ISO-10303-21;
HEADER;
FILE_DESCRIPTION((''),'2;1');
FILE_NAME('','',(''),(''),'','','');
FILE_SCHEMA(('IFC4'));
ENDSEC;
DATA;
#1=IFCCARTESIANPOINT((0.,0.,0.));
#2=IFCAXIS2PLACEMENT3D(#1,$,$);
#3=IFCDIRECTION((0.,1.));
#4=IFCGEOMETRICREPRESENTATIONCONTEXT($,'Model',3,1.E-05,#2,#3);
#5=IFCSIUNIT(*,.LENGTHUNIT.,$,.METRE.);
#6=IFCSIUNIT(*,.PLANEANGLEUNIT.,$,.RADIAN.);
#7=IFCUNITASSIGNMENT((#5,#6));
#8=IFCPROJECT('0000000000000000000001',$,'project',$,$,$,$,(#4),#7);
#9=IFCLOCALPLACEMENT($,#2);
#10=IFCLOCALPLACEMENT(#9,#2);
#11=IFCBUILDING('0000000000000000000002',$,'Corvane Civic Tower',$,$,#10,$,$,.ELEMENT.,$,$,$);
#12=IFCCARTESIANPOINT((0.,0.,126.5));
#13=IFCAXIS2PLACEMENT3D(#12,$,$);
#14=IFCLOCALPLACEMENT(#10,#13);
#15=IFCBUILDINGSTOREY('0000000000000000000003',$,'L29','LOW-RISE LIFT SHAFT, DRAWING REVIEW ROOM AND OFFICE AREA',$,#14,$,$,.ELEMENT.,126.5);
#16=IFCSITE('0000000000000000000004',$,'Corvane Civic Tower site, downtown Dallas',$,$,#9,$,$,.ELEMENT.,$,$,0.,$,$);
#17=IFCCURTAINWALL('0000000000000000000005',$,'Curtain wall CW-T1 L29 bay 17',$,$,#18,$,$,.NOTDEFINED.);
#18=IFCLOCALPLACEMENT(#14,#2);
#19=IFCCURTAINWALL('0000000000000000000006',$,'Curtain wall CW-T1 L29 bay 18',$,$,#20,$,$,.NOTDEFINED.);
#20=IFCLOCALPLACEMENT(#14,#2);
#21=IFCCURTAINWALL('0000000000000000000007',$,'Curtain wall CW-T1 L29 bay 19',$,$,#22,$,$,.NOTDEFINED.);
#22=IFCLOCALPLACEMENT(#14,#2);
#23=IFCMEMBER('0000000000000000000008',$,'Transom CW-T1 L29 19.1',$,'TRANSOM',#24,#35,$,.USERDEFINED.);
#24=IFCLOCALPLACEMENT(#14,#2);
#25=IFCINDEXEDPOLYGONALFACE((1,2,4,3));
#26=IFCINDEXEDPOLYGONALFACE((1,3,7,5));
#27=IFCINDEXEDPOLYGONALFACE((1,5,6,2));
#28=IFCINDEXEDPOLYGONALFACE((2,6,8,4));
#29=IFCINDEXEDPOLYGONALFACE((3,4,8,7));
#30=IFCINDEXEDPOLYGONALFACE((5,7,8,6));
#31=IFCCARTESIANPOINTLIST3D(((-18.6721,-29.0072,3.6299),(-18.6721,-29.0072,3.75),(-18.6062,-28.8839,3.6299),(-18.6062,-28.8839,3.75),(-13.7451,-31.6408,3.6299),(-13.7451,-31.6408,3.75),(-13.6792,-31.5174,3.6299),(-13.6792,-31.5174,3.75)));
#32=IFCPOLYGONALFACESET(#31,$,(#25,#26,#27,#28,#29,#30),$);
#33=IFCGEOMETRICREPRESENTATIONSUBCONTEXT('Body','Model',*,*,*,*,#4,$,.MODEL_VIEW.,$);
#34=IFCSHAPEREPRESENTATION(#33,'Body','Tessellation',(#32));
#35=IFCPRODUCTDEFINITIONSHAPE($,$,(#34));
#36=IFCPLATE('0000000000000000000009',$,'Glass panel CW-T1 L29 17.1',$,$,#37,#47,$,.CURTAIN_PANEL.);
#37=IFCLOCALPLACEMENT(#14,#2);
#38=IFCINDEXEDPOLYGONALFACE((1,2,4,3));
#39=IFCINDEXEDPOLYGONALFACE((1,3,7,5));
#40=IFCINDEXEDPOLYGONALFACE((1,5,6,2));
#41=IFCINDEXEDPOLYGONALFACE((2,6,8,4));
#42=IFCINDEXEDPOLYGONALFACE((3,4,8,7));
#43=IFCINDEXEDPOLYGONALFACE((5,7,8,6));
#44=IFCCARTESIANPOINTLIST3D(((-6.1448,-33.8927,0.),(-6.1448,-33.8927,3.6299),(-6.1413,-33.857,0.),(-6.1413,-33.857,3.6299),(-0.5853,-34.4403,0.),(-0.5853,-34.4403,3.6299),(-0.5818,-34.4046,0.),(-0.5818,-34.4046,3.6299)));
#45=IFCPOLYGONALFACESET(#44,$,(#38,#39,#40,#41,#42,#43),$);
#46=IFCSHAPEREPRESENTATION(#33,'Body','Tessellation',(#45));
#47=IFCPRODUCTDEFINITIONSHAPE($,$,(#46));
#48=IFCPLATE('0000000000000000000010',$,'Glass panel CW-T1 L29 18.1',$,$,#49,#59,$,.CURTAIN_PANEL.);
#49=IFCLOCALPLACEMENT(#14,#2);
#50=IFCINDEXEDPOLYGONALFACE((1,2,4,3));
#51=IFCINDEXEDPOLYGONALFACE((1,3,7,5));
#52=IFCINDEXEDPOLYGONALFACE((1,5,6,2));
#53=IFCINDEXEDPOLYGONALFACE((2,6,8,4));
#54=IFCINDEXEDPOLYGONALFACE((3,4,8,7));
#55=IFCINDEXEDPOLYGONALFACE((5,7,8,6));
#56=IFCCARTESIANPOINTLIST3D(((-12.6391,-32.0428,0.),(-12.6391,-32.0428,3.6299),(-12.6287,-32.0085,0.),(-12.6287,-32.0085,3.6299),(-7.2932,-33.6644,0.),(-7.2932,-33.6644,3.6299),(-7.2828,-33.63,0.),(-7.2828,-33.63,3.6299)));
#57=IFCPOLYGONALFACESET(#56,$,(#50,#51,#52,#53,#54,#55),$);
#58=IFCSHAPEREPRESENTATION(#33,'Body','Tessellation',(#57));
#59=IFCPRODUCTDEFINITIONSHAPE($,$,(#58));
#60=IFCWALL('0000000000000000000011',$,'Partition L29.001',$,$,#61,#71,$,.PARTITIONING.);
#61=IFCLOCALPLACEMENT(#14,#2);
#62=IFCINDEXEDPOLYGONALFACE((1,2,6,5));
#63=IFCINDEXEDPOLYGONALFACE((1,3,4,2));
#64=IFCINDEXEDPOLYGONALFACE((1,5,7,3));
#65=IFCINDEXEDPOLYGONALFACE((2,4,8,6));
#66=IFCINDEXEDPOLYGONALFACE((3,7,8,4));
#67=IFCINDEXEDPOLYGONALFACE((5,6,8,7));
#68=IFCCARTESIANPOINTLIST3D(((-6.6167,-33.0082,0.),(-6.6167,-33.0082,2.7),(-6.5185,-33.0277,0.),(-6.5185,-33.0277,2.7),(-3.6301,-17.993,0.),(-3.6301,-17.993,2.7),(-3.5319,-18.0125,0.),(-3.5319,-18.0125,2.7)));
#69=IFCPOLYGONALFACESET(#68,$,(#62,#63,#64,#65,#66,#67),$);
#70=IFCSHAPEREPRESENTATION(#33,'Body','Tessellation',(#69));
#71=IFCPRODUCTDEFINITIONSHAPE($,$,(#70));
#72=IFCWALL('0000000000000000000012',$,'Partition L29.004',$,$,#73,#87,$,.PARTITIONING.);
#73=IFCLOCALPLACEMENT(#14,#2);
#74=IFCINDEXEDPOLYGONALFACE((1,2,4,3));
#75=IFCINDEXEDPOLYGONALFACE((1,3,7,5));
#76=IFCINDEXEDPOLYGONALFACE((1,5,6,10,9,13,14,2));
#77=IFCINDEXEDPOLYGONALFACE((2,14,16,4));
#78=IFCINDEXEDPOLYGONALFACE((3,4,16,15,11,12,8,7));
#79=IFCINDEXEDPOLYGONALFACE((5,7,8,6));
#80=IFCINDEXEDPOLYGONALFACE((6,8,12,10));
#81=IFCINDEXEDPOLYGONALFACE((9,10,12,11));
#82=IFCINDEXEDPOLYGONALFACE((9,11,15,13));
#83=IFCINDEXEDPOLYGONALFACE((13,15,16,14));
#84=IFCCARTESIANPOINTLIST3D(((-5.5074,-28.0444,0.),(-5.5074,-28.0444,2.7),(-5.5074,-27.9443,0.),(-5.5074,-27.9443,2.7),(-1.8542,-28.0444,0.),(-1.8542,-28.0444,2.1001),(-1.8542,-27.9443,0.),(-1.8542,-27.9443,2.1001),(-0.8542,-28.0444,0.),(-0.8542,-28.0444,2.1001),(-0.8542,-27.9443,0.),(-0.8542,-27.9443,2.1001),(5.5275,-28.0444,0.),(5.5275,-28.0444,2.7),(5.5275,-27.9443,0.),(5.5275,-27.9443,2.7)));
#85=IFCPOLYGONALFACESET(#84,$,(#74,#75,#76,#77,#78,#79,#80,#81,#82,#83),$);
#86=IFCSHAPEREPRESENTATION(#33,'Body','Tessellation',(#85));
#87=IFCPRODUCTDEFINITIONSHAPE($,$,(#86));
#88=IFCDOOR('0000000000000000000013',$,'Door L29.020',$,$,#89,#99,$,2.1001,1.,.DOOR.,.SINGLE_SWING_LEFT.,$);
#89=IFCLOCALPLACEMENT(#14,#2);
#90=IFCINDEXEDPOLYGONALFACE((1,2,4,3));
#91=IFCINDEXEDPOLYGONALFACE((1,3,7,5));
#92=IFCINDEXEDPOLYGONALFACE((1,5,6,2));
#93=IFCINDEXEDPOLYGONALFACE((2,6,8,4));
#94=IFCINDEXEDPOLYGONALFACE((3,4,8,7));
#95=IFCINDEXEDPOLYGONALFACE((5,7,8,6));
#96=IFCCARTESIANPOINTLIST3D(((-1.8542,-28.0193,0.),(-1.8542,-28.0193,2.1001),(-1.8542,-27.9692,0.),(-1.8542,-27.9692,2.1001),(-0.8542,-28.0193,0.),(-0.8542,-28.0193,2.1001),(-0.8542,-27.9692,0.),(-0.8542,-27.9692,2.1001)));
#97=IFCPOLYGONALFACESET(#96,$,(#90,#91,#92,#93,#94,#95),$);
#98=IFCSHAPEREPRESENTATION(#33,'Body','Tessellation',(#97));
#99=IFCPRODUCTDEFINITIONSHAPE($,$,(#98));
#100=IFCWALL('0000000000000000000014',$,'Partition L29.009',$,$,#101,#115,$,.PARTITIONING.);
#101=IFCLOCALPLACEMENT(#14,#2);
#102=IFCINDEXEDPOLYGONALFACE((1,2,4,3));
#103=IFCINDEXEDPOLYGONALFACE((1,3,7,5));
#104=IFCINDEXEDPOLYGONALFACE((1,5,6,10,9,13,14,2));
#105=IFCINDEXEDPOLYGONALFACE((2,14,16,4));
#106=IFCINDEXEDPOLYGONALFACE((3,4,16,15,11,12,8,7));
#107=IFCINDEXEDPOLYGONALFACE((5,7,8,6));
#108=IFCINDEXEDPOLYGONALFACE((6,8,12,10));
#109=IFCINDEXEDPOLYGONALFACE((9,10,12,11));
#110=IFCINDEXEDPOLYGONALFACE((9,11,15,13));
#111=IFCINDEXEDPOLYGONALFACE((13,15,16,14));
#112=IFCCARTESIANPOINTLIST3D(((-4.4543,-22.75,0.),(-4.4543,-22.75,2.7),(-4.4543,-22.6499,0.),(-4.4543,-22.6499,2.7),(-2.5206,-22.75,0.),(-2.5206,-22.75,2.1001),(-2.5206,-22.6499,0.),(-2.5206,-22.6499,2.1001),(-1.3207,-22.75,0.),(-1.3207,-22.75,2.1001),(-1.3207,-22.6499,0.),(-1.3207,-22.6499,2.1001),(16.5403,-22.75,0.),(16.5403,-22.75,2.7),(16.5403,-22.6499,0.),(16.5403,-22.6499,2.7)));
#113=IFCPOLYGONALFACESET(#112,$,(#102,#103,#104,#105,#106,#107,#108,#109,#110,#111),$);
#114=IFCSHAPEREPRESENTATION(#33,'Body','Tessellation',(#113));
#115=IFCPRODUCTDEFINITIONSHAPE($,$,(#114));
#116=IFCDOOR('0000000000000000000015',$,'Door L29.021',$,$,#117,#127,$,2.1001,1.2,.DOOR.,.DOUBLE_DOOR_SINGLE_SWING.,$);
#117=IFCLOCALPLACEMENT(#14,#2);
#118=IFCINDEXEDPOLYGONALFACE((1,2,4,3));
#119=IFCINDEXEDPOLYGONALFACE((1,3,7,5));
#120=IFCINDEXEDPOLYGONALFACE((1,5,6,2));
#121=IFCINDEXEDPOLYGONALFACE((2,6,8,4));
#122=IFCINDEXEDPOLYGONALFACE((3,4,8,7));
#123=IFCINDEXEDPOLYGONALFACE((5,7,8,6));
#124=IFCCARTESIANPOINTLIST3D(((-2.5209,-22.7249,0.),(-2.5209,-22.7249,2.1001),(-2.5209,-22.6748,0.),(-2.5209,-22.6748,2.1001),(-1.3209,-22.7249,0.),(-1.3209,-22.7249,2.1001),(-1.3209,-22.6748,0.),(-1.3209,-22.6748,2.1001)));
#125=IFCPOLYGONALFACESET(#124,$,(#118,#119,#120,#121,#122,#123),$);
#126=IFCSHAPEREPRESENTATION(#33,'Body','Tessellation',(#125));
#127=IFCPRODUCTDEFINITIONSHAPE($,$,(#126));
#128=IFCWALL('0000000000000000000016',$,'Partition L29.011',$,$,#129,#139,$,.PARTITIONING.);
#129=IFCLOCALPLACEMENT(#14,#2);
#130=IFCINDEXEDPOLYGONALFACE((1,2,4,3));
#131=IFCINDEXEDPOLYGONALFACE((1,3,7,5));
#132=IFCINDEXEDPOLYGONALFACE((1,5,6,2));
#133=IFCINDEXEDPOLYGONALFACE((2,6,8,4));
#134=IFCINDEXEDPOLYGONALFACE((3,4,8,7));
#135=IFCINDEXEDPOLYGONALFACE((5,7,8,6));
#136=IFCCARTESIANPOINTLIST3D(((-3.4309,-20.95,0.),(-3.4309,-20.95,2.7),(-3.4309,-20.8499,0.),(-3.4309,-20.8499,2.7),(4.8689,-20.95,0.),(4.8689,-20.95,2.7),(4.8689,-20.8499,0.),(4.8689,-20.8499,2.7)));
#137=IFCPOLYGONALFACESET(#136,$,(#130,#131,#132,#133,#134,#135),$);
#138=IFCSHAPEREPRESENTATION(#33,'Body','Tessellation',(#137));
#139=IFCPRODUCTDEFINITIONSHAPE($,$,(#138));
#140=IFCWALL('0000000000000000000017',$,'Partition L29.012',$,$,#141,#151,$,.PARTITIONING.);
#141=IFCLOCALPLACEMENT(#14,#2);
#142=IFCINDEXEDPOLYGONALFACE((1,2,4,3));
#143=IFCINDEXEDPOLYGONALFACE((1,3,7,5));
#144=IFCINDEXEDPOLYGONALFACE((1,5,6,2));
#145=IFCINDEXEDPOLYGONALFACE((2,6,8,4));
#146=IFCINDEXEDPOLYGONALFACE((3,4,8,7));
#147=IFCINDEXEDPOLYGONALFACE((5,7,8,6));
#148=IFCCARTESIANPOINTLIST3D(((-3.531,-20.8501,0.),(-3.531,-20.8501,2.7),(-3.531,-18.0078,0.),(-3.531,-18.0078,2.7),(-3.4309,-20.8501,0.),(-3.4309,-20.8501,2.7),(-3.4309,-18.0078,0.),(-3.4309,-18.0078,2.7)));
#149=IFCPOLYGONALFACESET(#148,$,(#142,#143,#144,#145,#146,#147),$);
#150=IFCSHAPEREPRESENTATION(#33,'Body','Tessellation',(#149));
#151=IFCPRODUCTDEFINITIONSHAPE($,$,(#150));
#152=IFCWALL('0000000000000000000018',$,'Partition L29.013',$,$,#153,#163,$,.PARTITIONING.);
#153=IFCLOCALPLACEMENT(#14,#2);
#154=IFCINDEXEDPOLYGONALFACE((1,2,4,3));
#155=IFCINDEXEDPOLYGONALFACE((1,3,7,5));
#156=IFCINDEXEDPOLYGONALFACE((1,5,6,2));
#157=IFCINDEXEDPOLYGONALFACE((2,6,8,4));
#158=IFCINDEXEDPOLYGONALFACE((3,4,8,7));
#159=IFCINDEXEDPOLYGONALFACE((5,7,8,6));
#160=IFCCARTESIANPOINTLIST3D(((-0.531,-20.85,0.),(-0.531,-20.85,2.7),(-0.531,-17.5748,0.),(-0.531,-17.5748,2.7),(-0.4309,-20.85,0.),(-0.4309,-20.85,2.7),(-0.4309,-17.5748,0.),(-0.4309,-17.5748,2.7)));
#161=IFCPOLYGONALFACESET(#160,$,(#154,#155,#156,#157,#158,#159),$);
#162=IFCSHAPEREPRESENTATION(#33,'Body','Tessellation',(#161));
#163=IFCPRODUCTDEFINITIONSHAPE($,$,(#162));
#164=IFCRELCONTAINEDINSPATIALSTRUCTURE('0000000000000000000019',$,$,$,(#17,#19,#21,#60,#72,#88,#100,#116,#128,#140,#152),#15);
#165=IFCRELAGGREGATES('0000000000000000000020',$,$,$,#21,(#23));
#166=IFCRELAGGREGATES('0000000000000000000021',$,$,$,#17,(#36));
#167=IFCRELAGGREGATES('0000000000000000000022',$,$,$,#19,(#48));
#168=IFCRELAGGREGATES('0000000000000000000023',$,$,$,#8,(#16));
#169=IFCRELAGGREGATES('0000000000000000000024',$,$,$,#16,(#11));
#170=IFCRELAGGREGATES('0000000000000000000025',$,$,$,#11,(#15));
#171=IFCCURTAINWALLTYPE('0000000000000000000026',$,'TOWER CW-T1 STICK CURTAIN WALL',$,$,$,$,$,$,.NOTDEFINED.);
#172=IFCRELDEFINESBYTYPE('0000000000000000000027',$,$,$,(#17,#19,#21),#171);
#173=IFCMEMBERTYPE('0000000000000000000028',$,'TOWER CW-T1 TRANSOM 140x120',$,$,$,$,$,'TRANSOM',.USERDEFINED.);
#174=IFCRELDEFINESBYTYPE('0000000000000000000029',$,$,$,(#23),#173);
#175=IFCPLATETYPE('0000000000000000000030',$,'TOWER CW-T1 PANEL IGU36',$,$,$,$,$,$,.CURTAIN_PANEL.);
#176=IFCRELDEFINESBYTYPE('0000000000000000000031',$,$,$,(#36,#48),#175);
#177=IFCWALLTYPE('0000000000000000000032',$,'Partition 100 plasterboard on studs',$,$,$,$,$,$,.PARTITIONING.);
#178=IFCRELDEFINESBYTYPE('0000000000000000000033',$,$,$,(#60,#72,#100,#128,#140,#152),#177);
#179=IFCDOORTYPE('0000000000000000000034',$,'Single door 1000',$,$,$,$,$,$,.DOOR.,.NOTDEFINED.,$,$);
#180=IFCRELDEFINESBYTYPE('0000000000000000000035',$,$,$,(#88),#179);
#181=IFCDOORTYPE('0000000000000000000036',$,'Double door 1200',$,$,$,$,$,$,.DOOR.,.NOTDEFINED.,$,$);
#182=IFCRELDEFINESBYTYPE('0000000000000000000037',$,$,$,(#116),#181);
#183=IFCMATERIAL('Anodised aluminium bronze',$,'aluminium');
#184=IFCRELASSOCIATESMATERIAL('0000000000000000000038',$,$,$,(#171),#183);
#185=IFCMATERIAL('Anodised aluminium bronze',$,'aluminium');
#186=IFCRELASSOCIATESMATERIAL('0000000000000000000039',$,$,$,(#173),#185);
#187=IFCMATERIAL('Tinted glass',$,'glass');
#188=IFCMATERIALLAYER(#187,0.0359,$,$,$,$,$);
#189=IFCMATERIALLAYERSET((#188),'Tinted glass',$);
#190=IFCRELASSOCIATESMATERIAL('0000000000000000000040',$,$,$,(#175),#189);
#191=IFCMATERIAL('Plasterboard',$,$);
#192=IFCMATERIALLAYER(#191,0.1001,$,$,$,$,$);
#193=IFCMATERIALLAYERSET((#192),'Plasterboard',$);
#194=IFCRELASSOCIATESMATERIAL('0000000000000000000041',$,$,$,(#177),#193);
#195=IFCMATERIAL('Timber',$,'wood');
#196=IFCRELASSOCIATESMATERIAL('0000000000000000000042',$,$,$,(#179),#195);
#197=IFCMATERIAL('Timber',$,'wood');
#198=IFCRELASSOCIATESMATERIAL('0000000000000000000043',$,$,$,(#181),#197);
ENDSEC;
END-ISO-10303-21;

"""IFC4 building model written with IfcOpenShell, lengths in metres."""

from ifc_helpers import new_model, si_unit, direction, frame, frame_2d, origin, origin_2d, place, context, subcontext, project, spatial, rectangle, extrude, material, layer, layer_set, material_profile, profile_set, type_object, element, fill, aggregate, save


model = new_model("IFC4")

# Units and contexts
model_context = context("Model", 3, precision=1e-05, world=origin(), true_north=direction((0.0, 1.0)))
body_context = subcontext(model_context, "Body", "Model", "MODEL_VIEW")
ifc_project = project(units=[si_unit("LENGTHUNIT", "METRE"), si_unit("PLANEANGLEUNIT", "RADIAN")], contexts=[model_context])

# Site, building, storey
site_placement = place(None, origin())
site = spatial("IfcSite", under=ifc_project, at=site_placement, Name="Corvane Civic Tower site, downtown Dallas", CompositionType="ELEMENT", RefElevation=0.0)
building_placement = place(site_placement, origin())
building = spatial("IfcBuilding", under=site, at=building_placement, Name="Corvane Civic Tower", CompositionType="ELEMENT")
storey_placement = place(building_placement, frame((0.0, 0.0, 126.5)))
storey = spatial("IfcBuildingStorey", under=building, at=storey_placement, Name="L29", Description="LOW-RISE LIFT SHAFT, DRAWING REVIEW ROOM AND OFFICE AREA", CompositionType="ELEMENT", Elevation=126.5)

# Curtain walls, member
ifc_material_1 = material(Name="Anodised aluminium bronze", Category="aluminium")
curtain_wall_type = type_object("IfcCurtainWallType", Name="TOWER CW-T1 STICK CURTAIN WALL", PredefinedType="NOTDEFINED", material=ifc_material_1)
curtain_wall_1_placement = place(storey_placement, origin())
curtain_wall_1 = element("IfcCurtainWall", 1, at=curtain_wall_1_placement, inside=storey, type_object=curtain_wall_type, Name="Curtain wall CW-T1 L29 bay 17", PredefinedType="NOTDEFINED")
ifc_material_2 = material(Name="Anodised aluminium bronze", Category="aluminium")
ifc_material_profile_1 = material_profile(ifc_material_2, rectangle(XDim=0.1399, YDim=0.1201, at=origin_2d()), Name="TOWER CW-T1 TRANSOM 140x120")
ifc_profile_set_1 = profile_set([ifc_material_profile_1], Name="Anodised aluminium bronze")
member_type = type_object("IfcMemberType", Name="TOWER CW-T1 TRANSOM 140x120", ElementType="TRANSOM", PredefinedType="USERDEFINED", material=ifc_profile_set_1)
curtain_wall_2_placement = place(storey_placement, origin())
curtain_wall_2 = element("IfcCurtainWall", 2, at=curtain_wall_2_placement, inside=storey, type_object=curtain_wall_type, Name="Curtain wall CW-T1 L29 bay 18", PredefinedType="NOTDEFINED")
curtain_wall_3_placement = place(storey_placement, origin())
curtain_wall_3 = element("IfcCurtainWall", 3, at=curtain_wall_3_placement, inside=storey, type_object=curtain_wall_type, Name="Curtain wall CW-T1 L29 bay 19", PredefinedType="NOTDEFINED")
member_1_placement = place(storey_placement, frame((-13.7122, -31.5791, 3.6899), z_axis=(-0.881921, 0.471398, 0.0), x_axis=(-0.471398, -0.881921, 0.0)))
member_1 = element("IfcMember", 4, at=member_1_placement, type_object=member_type, Name="Transom CW-T1 L29 19.1", ObjectType="TRANSOM", PredefinedType="USERDEFINED", context=body_context, shape_type="SweptSolid", body=[
    extrude(rectangle(XDim=0.1399, YDim=0.1201, at=origin_2d()), origin(), (0.0, 0.0, 1.0), 5.5867),
])
aggregate(curtain_wall_3, [member_1])

# Plates
ifc_material_3 = material(Name="Tinted glass", Category="glass")
ifc_layer_1 = layer(ifc_material_3, 0.0359)
ifc_layer_set_1 = layer_set([ifc_layer_1], Name="Tinted glass")
plate_type = type_object("IfcPlateType", Name="TOWER CW-T1 PANEL IGU36", PredefinedType="CURTAIN_PANEL", material=ifc_layer_set_1)
plate_1_placement = place(storey_placement, frame((-3.3633, -34.1487, 0.0), z_axis=(0.0, 0.0, 1.0), x_axis=(-0.995184, 0.098027, 0.0)))
plate_1 = element("IfcPlate", 5, at=plate_1_placement, type_object=plate_type, Name="Glass panel CW-T1 L29 17.1", PredefinedType="CURTAIN_PANEL", context=body_context, shape_type="SweptSolid", body=[
    extrude(rectangle(XDim=5.5864, YDim=0.0359, at=origin_2d()), origin(), (0.0, 0.0, 1.0), 3.6299),
])
aggregate(curtain_wall_1, [plate_1])
plate_2_placement = place(storey_placement, frame((-9.9609, -32.8364, 0.0), z_axis=(0.0, 0.0, 1.0), x_axis=(-0.956946, 0.290266, 0.0)))
plate_2 = element("IfcPlate", 6, at=plate_2_placement, type_object=plate_type, Name="Glass panel CW-T1 L29 18.1", PredefinedType="CURTAIN_PANEL", context=body_context, shape_type="SweptSolid", body=[
    extrude(rectangle(XDim=5.5864, YDim=0.0359, at=origin_2d()), origin(), (0.0, 0.0, 1.0), 3.6299),
])
aggregate(curtain_wall_2, [plate_2])

# Wall
ifc_material_4 = material(Name="Plasterboard")
ifc_layer_2 = layer(ifc_material_4, 0.1001)
ifc_layer_set_2 = layer_set([ifc_layer_2], Name="Plasterboard")
wall_type = type_object("IfcWallType", Name="Partition 100 plasterboard on studs", PredefinedType="PARTITIONING", material=ifc_layer_set_2)
wall_1_placement = place(storey_placement, frame((-6.5676, -33.0181, 0.0), z_axis=(0.0, 0.0, 1.0), x_axis=(0.195083, 0.980787, 0.0)))
element("IfcWall", 7, at=wall_1_placement, inside=storey, type_object=wall_type, Name="Partition L29.001", PredefinedType="PARTITIONING", context=body_context, shape_type="SweptSolid", body=[
    extrude(rectangle(XDim=15.3093, YDim=0.1001, at=frame_2d((7.6548, 0.0))), origin(), (0.0, 0.0, 1.0), 2.7),
])

# Walls, openings, doors
wall_2_placement = place(storey_placement, frame((-5.5076, -27.9944, 0.0), z_axis=(0.0, 0.0, 1.0), x_axis=(1.0, 0.0, 0.0)))
wall_2 = element("IfcWall", 8, at=wall_2_placement, inside=storey, type_object=wall_type, Name="Partition L29.004", PredefinedType="PARTITIONING", context=body_context, shape_type="SweptSolid", body=[
    extrude(rectangle(XDim=11.0349, YDim=0.1001, at=frame_2d((5.5176, 0.0))), origin(), (0.0, 0.0, 1.0), 2.7),
])
opening_1_placement = place(wall_2_placement, frame((3.6533, 0.0, 0.0)))
opening_1 = element("IfcOpeningElement", 9, at=opening_1_placement, cuts=wall_2, PredefinedType="OPENING", context=body_context, shape_type="SweptSolid", body=[
    extrude(rectangle(XDim=1.0, YDim=2.1001, at=frame_2d((0.5, 1.05))), frame((0.0, 0.0601, 0.0), z_axis=(0.0, -1.0, 0.0), x_axis=(1.0, 0.0, 0.0)), (0.0, 0.0, 1.0), 0.1201),
])
ifc_material_5 = material(Name="Timber", Category="wood")
door_type_1 = type_object("IfcDoorType", Name="Single door 1000", OperationType="NOTDEFINED", PredefinedType="DOOR", material=ifc_material_5)
door_1_placement = place(opening_1_placement, frame((1.0, 0.0, 0.0), z_axis=(0.0, 0.0, 1.0), x_axis=(-1.0, 0.0, 0.0)))
door_1 = element("IfcDoor", 10, at=door_1_placement, inside=storey, type_object=door_type_1, Name="Door L29.020", OperationType="SINGLE_SWING_LEFT", OverallHeight=2.1001, OverallWidth=1.0, PredefinedType="DOOR", context=body_context, shape_type="SweptSolid", body=[
    extrude(rectangle(XDim=1.0, YDim=2.1001, at=frame_2d((0.5, 1.05))), frame((0.0, 0.0249, 0.0), z_axis=(0.0, -1.0, 0.0), x_axis=(1.0, 0.0, 0.0)), (0.0, 0.0, 1.0), 0.05),
])
fill(opening_1, door_1)
wall_3_placement = place(storey_placement, frame((-4.4543, -22.7, 0.0), z_axis=(0.0, 0.0, 1.0), x_axis=(1.0, 0.0, 0.0)))
wall_3 = element("IfcWall", 11, at=wall_3_placement, inside=storey, type_object=wall_type, Name="Partition L29.009", PredefinedType="PARTITIONING", context=body_context, shape_type="SweptSolid", body=[
    extrude(rectangle(XDim=20.9946, YDim=0.1001, at=frame_2d((10.4973, 0.0))), origin(), (0.0, 0.0, 1.0), 2.7),
])
opening_2_placement = place(wall_3_placement, frame((1.9336, 0.0, 0.0)))
opening_2 = element("IfcOpeningElement", 12, at=opening_2_placement, cuts=wall_3, PredefinedType="OPENING", context=body_context, shape_type="SweptSolid", body=[
    extrude(rectangle(XDim=1.2, YDim=2.1001, at=frame_2d((0.6001, 1.05))), frame((0.0, 0.0601, 0.0), z_axis=(0.0, -1.0, 0.0), x_axis=(1.0, 0.0, 0.0)), (0.0, 0.0, 1.0), 0.1201),
])
ifc_material_6 = material(Name="Timber", Category="wood")
door_type_2 = type_object("IfcDoorType", Name="Double door 1200", OperationType="NOTDEFINED", PredefinedType="DOOR", material=ifc_material_6)
door_2_placement = place(opening_2_placement, frame((1.2, 0.0, 0.0), z_axis=(0.0, 0.0, 1.0), x_axis=(-1.0, 0.0, 0.0)))
door_2 = element("IfcDoor", 13, at=door_2_placement, inside=storey, type_object=door_type_2, Name="Door L29.021", OperationType="DOUBLE_DOOR_SINGLE_SWING", OverallHeight=2.1001, OverallWidth=1.2, PredefinedType="DOOR", context=body_context, shape_type="SweptSolid", body=[
    extrude(rectangle(XDim=1.2, YDim=2.1001, at=frame_2d((0.6001, 1.05))), frame((0.0, 0.0249, 0.0), z_axis=(0.0, -1.0, 0.0), x_axis=(1.0, 0.0, 0.0)), (0.0, 0.0, 1.0), 0.05),
])
fill(opening_2, door_2)

# Walls
wall_4_placement = place(storey_placement, frame((-3.4309, -20.8999, 0.0), z_axis=(0.0, 0.0, 1.0), x_axis=(1.0, 0.0, 0.0)))
element("IfcWall", 14, at=wall_4_placement, inside=storey, type_object=wall_type, Name="Partition L29.011", PredefinedType="PARTITIONING", context=body_context, shape_type="SweptSolid", body=[
    extrude(rectangle(XDim=8.2998, YDim=0.1001, at=frame_2d((4.1499, 0.0))), origin(), (0.0, 0.0, 1.0), 2.7),
])
wall_5_placement = place(storey_placement, frame((-3.481, -20.8501, 0.0), z_axis=(0.0, 0.0, 1.0), x_axis=(0.0, 1.0, 0.0)))
element("IfcWall", 15, at=wall_5_placement, inside=storey, type_object=wall_type, Name="Partition L29.012", PredefinedType="PARTITIONING", context=body_context, shape_type="SweptSolid", body=[
    extrude(rectangle(XDim=2.8423, YDim=0.1001, at=frame_2d((1.4211, 0.0))), origin(), (0.0, 0.0, 1.0), 2.7),
])
wall_6_placement = place(storey_placement, frame((-0.481, -20.8501, 0.0), z_axis=(0.0, 0.0, 1.0), x_axis=(0.0, 1.0, 0.0)))
element("IfcWall", 16, at=wall_6_placement, inside=storey, type_object=wall_type, Name="Partition L29.013", PredefinedType="PARTITIONING", context=body_context, shape_type="SweptSolid", body=[
    extrude(rectangle(XDim=3.2751, YDim=0.1001, at=frame_2d((1.6377, 0.0))), origin(), (0.0, 0.0, 1.0), 2.7),
])

save(model, "model.ifc")
